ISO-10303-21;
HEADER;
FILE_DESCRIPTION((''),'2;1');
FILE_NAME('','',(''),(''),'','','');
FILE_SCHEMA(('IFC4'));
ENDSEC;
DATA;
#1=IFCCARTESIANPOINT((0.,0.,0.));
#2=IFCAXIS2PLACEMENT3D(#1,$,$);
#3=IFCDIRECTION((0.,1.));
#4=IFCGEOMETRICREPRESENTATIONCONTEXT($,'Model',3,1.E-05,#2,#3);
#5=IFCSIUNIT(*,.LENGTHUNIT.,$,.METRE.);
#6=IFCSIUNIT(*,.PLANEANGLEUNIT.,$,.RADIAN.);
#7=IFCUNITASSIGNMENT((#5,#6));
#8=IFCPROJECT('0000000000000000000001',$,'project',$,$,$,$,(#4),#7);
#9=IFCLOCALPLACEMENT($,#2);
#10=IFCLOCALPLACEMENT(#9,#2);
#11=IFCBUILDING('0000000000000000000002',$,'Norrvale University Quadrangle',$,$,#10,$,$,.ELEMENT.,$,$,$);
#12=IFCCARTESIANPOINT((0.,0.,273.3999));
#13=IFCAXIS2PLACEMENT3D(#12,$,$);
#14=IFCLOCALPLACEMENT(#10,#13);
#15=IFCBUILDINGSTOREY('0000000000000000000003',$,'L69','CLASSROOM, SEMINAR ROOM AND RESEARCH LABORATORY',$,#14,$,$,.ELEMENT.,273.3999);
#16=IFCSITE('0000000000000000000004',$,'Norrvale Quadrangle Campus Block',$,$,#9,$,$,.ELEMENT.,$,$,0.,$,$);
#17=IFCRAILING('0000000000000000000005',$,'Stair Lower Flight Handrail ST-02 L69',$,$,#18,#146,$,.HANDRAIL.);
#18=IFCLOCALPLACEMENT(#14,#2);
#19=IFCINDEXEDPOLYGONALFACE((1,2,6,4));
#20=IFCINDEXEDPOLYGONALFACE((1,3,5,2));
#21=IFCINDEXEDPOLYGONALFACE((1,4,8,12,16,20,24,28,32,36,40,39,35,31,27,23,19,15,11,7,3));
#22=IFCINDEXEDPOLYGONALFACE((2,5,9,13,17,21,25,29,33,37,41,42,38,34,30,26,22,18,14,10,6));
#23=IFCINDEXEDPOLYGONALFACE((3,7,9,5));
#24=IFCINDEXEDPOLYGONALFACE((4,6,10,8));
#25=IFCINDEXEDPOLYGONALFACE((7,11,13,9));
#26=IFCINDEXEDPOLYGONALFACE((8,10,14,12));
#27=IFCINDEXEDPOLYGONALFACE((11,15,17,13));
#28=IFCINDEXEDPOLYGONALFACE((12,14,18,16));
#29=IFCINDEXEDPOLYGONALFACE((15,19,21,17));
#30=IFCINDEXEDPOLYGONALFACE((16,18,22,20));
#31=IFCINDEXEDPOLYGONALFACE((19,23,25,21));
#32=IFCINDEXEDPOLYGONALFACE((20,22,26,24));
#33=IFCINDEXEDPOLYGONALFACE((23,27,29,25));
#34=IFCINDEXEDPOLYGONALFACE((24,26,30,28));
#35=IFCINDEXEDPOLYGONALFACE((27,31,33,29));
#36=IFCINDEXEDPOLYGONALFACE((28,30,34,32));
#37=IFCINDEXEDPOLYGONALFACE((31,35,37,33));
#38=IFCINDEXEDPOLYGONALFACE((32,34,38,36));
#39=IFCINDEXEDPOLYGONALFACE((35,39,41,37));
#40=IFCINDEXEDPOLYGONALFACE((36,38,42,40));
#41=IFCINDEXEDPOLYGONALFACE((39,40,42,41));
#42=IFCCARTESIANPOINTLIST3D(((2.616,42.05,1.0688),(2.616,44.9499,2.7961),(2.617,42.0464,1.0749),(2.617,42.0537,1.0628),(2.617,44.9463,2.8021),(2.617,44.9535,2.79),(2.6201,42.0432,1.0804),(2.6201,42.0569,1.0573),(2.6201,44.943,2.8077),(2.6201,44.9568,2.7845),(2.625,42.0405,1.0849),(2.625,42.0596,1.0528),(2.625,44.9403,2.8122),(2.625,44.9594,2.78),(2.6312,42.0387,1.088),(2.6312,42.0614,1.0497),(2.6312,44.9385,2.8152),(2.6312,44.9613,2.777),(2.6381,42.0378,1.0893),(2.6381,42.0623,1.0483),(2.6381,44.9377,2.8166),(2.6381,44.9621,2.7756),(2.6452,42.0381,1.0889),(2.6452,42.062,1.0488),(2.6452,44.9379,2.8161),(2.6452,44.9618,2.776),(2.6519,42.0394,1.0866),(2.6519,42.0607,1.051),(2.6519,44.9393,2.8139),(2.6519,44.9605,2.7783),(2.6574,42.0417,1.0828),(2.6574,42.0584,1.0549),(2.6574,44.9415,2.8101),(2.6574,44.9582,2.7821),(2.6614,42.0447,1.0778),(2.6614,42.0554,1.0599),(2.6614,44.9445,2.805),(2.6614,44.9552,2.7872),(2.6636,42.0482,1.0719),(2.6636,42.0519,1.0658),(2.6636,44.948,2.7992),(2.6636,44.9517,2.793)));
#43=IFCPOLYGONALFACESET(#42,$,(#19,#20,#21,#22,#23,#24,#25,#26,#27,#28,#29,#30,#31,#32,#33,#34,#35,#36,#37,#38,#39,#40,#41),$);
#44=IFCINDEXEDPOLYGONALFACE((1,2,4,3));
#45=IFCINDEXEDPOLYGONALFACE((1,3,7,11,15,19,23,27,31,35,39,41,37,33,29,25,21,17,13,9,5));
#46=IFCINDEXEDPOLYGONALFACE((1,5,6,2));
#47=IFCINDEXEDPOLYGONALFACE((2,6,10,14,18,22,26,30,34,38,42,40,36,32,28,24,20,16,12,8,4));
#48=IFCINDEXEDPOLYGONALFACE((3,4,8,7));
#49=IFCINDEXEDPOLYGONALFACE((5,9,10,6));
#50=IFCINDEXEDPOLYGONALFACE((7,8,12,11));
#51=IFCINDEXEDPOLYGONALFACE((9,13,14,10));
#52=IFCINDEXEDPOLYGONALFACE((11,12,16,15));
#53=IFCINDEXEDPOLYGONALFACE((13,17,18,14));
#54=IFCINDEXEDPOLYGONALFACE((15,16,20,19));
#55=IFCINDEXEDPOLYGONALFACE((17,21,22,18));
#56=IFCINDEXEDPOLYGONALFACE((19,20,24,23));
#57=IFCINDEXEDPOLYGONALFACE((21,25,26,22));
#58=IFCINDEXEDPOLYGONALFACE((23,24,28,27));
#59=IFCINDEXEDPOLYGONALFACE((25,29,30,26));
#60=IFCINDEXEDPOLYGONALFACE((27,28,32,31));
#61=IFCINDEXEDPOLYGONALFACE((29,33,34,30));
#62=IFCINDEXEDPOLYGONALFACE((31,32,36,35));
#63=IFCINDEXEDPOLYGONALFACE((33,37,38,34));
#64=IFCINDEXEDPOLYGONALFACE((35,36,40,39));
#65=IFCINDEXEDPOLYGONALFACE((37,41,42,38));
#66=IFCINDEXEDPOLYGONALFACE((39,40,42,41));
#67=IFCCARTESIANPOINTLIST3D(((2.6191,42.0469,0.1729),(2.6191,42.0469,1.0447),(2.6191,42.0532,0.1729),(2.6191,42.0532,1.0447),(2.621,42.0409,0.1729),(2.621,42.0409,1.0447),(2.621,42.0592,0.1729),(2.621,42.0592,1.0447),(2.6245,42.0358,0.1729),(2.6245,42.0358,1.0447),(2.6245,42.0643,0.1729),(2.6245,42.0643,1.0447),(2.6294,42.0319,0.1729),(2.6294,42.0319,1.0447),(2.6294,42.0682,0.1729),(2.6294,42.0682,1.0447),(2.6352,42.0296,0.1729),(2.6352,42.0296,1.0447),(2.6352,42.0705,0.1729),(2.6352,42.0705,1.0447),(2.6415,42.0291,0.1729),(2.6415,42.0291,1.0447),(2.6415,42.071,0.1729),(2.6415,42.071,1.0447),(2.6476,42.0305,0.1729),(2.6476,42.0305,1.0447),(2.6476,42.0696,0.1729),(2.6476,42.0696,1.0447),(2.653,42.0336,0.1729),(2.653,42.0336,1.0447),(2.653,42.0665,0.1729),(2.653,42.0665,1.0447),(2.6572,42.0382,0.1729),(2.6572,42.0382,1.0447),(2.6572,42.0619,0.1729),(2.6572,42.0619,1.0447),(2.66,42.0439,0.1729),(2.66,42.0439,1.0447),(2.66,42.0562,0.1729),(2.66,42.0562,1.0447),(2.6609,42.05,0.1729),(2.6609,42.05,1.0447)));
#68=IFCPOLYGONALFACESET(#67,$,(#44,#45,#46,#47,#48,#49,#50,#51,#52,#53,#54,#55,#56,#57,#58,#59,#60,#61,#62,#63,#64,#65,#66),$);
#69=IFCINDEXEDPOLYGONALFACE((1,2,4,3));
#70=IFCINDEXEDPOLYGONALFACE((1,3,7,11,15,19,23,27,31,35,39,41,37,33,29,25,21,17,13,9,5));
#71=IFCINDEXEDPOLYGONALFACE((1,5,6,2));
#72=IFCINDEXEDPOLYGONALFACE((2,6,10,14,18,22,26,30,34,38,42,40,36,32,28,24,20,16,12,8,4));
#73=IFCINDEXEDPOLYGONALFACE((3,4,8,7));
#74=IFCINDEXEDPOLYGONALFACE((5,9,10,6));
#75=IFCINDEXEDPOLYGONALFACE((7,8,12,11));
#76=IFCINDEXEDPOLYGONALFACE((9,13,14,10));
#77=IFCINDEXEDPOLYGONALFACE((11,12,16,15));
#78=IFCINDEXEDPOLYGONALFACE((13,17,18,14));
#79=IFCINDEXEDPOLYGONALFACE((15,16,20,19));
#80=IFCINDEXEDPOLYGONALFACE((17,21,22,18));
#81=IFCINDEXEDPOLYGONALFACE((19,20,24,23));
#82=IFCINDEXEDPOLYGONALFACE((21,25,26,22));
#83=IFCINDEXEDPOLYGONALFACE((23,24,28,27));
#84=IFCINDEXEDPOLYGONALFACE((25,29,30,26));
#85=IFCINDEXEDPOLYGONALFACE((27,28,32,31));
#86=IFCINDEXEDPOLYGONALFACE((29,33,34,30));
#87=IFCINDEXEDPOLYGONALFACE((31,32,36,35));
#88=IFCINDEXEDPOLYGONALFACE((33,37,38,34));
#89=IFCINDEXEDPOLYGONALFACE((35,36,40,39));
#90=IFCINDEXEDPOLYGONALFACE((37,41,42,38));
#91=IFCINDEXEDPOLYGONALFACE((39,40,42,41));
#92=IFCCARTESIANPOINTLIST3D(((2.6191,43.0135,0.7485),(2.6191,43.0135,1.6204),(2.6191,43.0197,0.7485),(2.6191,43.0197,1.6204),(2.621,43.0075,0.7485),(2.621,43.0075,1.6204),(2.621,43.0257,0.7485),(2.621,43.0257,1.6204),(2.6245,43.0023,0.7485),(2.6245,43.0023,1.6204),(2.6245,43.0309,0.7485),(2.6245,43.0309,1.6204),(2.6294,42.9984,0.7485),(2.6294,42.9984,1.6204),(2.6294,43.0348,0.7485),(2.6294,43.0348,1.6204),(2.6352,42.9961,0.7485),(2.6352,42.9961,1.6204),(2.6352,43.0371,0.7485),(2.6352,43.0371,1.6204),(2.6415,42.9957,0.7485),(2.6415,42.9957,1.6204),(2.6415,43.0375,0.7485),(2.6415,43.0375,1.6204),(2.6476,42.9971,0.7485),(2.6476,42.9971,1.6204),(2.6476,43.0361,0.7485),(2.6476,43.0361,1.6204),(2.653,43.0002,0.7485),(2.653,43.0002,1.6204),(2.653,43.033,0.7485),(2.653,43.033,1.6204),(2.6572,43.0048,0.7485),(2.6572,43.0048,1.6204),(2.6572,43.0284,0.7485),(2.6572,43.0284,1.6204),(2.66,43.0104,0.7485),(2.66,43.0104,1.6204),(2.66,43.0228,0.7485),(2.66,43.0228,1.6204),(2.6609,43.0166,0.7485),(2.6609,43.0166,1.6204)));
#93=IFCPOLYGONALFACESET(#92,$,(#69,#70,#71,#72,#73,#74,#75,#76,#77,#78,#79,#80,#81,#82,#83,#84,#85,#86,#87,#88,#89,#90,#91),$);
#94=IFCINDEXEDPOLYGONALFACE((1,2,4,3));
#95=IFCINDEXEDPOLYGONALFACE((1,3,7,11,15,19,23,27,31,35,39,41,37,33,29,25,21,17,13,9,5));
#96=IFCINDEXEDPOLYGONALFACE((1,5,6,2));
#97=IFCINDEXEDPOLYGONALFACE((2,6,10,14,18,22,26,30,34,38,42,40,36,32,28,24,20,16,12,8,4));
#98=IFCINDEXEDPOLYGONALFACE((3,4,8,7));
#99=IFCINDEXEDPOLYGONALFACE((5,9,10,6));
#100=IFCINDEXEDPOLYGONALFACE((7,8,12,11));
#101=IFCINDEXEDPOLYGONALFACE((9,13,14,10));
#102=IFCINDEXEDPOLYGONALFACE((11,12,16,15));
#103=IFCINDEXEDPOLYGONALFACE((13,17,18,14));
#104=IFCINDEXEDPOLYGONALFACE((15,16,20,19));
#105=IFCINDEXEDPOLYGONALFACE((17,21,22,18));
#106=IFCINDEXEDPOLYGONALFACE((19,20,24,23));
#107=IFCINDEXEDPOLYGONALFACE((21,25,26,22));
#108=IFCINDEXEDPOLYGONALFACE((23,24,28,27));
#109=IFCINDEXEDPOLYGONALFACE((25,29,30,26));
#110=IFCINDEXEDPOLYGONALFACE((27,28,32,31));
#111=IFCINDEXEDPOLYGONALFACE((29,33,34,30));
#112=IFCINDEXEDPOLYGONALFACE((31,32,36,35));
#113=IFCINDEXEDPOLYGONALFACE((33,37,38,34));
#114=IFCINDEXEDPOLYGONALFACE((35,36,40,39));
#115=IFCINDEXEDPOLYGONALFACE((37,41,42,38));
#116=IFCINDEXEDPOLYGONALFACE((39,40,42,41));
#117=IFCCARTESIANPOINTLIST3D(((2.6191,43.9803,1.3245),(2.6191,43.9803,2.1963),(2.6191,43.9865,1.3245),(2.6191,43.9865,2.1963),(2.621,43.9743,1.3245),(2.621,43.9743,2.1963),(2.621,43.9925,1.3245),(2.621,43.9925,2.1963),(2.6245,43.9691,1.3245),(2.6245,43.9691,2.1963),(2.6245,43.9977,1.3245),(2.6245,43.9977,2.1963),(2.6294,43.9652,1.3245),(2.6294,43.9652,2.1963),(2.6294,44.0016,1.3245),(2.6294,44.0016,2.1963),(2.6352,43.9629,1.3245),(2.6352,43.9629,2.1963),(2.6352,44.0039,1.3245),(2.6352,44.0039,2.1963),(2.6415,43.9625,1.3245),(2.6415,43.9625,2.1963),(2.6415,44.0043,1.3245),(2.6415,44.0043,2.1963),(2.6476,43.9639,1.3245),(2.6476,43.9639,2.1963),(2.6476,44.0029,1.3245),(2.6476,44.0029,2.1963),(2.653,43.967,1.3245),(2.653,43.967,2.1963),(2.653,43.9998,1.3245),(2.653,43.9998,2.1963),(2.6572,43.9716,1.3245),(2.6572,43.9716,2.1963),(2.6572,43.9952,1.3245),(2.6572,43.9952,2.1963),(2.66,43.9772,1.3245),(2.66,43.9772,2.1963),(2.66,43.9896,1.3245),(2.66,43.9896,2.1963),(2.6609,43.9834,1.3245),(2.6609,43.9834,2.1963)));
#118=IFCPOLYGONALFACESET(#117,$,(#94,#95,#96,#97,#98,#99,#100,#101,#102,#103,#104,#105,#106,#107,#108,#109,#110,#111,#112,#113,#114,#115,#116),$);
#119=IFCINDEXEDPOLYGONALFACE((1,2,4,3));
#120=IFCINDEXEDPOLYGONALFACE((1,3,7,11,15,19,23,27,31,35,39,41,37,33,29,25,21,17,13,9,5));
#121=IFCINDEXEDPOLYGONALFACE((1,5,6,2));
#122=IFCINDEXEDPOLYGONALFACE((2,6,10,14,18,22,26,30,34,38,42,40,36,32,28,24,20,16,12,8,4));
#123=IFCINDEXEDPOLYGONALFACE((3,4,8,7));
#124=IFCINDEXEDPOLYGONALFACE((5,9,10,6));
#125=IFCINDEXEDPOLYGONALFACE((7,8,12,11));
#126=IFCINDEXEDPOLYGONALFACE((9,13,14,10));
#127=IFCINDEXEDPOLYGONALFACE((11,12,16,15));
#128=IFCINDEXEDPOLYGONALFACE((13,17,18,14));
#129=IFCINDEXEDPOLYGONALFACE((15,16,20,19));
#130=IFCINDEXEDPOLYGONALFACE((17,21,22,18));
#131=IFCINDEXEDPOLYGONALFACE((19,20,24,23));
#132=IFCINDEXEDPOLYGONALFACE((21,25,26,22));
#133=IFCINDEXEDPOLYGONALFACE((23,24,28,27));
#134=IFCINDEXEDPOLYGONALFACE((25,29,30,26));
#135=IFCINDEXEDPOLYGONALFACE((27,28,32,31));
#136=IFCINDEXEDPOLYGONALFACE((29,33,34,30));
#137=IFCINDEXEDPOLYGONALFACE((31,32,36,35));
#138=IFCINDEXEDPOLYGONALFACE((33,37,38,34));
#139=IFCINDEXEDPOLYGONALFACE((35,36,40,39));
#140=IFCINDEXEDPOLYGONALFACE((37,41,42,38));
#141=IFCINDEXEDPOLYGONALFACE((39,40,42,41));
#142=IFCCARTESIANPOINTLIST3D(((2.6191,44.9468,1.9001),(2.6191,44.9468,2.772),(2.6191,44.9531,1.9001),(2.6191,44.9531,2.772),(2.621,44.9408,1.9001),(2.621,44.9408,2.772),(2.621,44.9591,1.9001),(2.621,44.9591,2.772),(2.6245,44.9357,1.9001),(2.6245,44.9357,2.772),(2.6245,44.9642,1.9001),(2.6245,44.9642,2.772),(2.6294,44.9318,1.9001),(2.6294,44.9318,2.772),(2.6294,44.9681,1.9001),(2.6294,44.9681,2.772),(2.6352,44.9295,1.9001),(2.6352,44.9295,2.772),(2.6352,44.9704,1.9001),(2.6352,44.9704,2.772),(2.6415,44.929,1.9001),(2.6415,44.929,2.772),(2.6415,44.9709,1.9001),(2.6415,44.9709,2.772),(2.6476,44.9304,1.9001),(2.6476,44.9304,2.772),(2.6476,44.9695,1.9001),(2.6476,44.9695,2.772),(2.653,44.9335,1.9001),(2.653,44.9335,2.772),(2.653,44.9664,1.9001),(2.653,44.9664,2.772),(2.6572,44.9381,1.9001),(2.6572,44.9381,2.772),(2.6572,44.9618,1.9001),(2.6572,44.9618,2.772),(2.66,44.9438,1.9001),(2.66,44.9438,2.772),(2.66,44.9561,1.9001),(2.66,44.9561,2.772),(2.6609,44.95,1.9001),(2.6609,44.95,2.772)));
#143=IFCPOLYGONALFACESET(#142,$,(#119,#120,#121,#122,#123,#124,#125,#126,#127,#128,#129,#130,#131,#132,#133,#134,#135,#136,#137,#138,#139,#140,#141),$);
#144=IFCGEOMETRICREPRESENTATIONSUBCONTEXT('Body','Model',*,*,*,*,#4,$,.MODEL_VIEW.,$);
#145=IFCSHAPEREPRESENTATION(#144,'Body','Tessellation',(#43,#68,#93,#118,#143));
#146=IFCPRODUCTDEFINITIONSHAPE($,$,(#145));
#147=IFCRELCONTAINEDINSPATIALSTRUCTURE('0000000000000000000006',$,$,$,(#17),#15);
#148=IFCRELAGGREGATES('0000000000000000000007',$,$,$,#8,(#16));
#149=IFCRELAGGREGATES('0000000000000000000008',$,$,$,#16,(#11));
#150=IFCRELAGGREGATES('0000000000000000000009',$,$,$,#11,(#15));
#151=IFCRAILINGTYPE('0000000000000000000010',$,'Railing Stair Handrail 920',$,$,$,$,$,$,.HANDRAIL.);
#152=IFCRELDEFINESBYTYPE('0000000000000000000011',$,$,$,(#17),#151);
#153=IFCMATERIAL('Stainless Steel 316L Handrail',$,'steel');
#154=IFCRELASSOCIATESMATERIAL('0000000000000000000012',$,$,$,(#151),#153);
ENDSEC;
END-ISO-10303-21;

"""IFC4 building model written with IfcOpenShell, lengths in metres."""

from ifc_helpers import new_model, si_unit, direction, frame, origin, origin_2d, place, context, subcontext, project, spatial, circle, extrude, material, type_object, element, save


model = new_model("IFC4")

# Units and contexts
model_context = context("Model", 3, precision=1e-05, world=origin(), true_north=direction((0.0, 1.0)))
body_context = subcontext(model_context, "Body", "Model", "MODEL_VIEW")
ifc_project = project(units=[si_unit("LENGTHUNIT", "METRE"), si_unit("PLANEANGLEUNIT", "RADIAN")], contexts=[model_context])

# Site, building, storey
site_placement = place(None, origin())
site = spatial("IfcSite", under=ifc_project, at=site_placement, Name="Norrvale Quadrangle Campus Block", CompositionType="ELEMENT", RefElevation=0.0)
building_placement = place(site_placement, origin())
building = spatial("IfcBuilding", under=site, at=building_placement, Name="Norrvale University Quadrangle", CompositionType="ELEMENT")
storey_placement = place(building_placement, frame((0.0, 0.0, 273.3999)))
storey = spatial("IfcBuildingStorey", under=building, at=storey_placement, Name="L69", Description="CLASSROOM, SEMINAR ROOM AND RESEARCH LABORATORY", CompositionType="ELEMENT", Elevation=273.3999)

# Railing
ifc_material_1 = material(Name="Stainless Steel 316L Handrail", Category="steel")
railing_type_1 = type_object("IfcRailingType", Name="Railing Stair Handrail 920", PredefinedType="HANDRAIL", material=ifc_material_1)
railing_1_placement = place(storey_placement, frame((2.6399, 42.05, 0.1729)))
element("IfcRailing", 1, at=railing_1_placement, inside=storey, type_object=railing_type_1, Name="Stair Lower Flight Handrail ST-02 L69", PredefinedType="HANDRAIL", context=body_context, shape_type="SweptSolid", body=[
    extrude(circle(Radius=0.0239, at=origin_2d()), frame((0.0, 0.0, 0.896), z_axis=(0.0, 0.859141, 0.511738), x_axis=(-1.0, 0.0, 0.0)), (0.0, 0.0, 1.0), 3.3752),
    extrude(circle(Radius=0.021, at=origin_2d()), origin(), (0.0, 0.0, 1.0), 0.8718),
    extrude(circle(Radius=0.021, at=origin_2d()), frame((0.0, 0.9666, 0.5757)), (0.0, 0.0, 1.0), 0.8718),
    extrude(circle(Radius=0.021, at=origin_2d()), frame((0.0, 1.9333, 1.1516)), (0.0, 0.0, 1.0), 0.8718),
    extrude(circle(Radius=0.021, at=origin_2d()), frame((0.0, 2.8999, 1.7273)), (0.0, 0.0, 1.0), 0.8718),
])

save(model, "model.ifc")
